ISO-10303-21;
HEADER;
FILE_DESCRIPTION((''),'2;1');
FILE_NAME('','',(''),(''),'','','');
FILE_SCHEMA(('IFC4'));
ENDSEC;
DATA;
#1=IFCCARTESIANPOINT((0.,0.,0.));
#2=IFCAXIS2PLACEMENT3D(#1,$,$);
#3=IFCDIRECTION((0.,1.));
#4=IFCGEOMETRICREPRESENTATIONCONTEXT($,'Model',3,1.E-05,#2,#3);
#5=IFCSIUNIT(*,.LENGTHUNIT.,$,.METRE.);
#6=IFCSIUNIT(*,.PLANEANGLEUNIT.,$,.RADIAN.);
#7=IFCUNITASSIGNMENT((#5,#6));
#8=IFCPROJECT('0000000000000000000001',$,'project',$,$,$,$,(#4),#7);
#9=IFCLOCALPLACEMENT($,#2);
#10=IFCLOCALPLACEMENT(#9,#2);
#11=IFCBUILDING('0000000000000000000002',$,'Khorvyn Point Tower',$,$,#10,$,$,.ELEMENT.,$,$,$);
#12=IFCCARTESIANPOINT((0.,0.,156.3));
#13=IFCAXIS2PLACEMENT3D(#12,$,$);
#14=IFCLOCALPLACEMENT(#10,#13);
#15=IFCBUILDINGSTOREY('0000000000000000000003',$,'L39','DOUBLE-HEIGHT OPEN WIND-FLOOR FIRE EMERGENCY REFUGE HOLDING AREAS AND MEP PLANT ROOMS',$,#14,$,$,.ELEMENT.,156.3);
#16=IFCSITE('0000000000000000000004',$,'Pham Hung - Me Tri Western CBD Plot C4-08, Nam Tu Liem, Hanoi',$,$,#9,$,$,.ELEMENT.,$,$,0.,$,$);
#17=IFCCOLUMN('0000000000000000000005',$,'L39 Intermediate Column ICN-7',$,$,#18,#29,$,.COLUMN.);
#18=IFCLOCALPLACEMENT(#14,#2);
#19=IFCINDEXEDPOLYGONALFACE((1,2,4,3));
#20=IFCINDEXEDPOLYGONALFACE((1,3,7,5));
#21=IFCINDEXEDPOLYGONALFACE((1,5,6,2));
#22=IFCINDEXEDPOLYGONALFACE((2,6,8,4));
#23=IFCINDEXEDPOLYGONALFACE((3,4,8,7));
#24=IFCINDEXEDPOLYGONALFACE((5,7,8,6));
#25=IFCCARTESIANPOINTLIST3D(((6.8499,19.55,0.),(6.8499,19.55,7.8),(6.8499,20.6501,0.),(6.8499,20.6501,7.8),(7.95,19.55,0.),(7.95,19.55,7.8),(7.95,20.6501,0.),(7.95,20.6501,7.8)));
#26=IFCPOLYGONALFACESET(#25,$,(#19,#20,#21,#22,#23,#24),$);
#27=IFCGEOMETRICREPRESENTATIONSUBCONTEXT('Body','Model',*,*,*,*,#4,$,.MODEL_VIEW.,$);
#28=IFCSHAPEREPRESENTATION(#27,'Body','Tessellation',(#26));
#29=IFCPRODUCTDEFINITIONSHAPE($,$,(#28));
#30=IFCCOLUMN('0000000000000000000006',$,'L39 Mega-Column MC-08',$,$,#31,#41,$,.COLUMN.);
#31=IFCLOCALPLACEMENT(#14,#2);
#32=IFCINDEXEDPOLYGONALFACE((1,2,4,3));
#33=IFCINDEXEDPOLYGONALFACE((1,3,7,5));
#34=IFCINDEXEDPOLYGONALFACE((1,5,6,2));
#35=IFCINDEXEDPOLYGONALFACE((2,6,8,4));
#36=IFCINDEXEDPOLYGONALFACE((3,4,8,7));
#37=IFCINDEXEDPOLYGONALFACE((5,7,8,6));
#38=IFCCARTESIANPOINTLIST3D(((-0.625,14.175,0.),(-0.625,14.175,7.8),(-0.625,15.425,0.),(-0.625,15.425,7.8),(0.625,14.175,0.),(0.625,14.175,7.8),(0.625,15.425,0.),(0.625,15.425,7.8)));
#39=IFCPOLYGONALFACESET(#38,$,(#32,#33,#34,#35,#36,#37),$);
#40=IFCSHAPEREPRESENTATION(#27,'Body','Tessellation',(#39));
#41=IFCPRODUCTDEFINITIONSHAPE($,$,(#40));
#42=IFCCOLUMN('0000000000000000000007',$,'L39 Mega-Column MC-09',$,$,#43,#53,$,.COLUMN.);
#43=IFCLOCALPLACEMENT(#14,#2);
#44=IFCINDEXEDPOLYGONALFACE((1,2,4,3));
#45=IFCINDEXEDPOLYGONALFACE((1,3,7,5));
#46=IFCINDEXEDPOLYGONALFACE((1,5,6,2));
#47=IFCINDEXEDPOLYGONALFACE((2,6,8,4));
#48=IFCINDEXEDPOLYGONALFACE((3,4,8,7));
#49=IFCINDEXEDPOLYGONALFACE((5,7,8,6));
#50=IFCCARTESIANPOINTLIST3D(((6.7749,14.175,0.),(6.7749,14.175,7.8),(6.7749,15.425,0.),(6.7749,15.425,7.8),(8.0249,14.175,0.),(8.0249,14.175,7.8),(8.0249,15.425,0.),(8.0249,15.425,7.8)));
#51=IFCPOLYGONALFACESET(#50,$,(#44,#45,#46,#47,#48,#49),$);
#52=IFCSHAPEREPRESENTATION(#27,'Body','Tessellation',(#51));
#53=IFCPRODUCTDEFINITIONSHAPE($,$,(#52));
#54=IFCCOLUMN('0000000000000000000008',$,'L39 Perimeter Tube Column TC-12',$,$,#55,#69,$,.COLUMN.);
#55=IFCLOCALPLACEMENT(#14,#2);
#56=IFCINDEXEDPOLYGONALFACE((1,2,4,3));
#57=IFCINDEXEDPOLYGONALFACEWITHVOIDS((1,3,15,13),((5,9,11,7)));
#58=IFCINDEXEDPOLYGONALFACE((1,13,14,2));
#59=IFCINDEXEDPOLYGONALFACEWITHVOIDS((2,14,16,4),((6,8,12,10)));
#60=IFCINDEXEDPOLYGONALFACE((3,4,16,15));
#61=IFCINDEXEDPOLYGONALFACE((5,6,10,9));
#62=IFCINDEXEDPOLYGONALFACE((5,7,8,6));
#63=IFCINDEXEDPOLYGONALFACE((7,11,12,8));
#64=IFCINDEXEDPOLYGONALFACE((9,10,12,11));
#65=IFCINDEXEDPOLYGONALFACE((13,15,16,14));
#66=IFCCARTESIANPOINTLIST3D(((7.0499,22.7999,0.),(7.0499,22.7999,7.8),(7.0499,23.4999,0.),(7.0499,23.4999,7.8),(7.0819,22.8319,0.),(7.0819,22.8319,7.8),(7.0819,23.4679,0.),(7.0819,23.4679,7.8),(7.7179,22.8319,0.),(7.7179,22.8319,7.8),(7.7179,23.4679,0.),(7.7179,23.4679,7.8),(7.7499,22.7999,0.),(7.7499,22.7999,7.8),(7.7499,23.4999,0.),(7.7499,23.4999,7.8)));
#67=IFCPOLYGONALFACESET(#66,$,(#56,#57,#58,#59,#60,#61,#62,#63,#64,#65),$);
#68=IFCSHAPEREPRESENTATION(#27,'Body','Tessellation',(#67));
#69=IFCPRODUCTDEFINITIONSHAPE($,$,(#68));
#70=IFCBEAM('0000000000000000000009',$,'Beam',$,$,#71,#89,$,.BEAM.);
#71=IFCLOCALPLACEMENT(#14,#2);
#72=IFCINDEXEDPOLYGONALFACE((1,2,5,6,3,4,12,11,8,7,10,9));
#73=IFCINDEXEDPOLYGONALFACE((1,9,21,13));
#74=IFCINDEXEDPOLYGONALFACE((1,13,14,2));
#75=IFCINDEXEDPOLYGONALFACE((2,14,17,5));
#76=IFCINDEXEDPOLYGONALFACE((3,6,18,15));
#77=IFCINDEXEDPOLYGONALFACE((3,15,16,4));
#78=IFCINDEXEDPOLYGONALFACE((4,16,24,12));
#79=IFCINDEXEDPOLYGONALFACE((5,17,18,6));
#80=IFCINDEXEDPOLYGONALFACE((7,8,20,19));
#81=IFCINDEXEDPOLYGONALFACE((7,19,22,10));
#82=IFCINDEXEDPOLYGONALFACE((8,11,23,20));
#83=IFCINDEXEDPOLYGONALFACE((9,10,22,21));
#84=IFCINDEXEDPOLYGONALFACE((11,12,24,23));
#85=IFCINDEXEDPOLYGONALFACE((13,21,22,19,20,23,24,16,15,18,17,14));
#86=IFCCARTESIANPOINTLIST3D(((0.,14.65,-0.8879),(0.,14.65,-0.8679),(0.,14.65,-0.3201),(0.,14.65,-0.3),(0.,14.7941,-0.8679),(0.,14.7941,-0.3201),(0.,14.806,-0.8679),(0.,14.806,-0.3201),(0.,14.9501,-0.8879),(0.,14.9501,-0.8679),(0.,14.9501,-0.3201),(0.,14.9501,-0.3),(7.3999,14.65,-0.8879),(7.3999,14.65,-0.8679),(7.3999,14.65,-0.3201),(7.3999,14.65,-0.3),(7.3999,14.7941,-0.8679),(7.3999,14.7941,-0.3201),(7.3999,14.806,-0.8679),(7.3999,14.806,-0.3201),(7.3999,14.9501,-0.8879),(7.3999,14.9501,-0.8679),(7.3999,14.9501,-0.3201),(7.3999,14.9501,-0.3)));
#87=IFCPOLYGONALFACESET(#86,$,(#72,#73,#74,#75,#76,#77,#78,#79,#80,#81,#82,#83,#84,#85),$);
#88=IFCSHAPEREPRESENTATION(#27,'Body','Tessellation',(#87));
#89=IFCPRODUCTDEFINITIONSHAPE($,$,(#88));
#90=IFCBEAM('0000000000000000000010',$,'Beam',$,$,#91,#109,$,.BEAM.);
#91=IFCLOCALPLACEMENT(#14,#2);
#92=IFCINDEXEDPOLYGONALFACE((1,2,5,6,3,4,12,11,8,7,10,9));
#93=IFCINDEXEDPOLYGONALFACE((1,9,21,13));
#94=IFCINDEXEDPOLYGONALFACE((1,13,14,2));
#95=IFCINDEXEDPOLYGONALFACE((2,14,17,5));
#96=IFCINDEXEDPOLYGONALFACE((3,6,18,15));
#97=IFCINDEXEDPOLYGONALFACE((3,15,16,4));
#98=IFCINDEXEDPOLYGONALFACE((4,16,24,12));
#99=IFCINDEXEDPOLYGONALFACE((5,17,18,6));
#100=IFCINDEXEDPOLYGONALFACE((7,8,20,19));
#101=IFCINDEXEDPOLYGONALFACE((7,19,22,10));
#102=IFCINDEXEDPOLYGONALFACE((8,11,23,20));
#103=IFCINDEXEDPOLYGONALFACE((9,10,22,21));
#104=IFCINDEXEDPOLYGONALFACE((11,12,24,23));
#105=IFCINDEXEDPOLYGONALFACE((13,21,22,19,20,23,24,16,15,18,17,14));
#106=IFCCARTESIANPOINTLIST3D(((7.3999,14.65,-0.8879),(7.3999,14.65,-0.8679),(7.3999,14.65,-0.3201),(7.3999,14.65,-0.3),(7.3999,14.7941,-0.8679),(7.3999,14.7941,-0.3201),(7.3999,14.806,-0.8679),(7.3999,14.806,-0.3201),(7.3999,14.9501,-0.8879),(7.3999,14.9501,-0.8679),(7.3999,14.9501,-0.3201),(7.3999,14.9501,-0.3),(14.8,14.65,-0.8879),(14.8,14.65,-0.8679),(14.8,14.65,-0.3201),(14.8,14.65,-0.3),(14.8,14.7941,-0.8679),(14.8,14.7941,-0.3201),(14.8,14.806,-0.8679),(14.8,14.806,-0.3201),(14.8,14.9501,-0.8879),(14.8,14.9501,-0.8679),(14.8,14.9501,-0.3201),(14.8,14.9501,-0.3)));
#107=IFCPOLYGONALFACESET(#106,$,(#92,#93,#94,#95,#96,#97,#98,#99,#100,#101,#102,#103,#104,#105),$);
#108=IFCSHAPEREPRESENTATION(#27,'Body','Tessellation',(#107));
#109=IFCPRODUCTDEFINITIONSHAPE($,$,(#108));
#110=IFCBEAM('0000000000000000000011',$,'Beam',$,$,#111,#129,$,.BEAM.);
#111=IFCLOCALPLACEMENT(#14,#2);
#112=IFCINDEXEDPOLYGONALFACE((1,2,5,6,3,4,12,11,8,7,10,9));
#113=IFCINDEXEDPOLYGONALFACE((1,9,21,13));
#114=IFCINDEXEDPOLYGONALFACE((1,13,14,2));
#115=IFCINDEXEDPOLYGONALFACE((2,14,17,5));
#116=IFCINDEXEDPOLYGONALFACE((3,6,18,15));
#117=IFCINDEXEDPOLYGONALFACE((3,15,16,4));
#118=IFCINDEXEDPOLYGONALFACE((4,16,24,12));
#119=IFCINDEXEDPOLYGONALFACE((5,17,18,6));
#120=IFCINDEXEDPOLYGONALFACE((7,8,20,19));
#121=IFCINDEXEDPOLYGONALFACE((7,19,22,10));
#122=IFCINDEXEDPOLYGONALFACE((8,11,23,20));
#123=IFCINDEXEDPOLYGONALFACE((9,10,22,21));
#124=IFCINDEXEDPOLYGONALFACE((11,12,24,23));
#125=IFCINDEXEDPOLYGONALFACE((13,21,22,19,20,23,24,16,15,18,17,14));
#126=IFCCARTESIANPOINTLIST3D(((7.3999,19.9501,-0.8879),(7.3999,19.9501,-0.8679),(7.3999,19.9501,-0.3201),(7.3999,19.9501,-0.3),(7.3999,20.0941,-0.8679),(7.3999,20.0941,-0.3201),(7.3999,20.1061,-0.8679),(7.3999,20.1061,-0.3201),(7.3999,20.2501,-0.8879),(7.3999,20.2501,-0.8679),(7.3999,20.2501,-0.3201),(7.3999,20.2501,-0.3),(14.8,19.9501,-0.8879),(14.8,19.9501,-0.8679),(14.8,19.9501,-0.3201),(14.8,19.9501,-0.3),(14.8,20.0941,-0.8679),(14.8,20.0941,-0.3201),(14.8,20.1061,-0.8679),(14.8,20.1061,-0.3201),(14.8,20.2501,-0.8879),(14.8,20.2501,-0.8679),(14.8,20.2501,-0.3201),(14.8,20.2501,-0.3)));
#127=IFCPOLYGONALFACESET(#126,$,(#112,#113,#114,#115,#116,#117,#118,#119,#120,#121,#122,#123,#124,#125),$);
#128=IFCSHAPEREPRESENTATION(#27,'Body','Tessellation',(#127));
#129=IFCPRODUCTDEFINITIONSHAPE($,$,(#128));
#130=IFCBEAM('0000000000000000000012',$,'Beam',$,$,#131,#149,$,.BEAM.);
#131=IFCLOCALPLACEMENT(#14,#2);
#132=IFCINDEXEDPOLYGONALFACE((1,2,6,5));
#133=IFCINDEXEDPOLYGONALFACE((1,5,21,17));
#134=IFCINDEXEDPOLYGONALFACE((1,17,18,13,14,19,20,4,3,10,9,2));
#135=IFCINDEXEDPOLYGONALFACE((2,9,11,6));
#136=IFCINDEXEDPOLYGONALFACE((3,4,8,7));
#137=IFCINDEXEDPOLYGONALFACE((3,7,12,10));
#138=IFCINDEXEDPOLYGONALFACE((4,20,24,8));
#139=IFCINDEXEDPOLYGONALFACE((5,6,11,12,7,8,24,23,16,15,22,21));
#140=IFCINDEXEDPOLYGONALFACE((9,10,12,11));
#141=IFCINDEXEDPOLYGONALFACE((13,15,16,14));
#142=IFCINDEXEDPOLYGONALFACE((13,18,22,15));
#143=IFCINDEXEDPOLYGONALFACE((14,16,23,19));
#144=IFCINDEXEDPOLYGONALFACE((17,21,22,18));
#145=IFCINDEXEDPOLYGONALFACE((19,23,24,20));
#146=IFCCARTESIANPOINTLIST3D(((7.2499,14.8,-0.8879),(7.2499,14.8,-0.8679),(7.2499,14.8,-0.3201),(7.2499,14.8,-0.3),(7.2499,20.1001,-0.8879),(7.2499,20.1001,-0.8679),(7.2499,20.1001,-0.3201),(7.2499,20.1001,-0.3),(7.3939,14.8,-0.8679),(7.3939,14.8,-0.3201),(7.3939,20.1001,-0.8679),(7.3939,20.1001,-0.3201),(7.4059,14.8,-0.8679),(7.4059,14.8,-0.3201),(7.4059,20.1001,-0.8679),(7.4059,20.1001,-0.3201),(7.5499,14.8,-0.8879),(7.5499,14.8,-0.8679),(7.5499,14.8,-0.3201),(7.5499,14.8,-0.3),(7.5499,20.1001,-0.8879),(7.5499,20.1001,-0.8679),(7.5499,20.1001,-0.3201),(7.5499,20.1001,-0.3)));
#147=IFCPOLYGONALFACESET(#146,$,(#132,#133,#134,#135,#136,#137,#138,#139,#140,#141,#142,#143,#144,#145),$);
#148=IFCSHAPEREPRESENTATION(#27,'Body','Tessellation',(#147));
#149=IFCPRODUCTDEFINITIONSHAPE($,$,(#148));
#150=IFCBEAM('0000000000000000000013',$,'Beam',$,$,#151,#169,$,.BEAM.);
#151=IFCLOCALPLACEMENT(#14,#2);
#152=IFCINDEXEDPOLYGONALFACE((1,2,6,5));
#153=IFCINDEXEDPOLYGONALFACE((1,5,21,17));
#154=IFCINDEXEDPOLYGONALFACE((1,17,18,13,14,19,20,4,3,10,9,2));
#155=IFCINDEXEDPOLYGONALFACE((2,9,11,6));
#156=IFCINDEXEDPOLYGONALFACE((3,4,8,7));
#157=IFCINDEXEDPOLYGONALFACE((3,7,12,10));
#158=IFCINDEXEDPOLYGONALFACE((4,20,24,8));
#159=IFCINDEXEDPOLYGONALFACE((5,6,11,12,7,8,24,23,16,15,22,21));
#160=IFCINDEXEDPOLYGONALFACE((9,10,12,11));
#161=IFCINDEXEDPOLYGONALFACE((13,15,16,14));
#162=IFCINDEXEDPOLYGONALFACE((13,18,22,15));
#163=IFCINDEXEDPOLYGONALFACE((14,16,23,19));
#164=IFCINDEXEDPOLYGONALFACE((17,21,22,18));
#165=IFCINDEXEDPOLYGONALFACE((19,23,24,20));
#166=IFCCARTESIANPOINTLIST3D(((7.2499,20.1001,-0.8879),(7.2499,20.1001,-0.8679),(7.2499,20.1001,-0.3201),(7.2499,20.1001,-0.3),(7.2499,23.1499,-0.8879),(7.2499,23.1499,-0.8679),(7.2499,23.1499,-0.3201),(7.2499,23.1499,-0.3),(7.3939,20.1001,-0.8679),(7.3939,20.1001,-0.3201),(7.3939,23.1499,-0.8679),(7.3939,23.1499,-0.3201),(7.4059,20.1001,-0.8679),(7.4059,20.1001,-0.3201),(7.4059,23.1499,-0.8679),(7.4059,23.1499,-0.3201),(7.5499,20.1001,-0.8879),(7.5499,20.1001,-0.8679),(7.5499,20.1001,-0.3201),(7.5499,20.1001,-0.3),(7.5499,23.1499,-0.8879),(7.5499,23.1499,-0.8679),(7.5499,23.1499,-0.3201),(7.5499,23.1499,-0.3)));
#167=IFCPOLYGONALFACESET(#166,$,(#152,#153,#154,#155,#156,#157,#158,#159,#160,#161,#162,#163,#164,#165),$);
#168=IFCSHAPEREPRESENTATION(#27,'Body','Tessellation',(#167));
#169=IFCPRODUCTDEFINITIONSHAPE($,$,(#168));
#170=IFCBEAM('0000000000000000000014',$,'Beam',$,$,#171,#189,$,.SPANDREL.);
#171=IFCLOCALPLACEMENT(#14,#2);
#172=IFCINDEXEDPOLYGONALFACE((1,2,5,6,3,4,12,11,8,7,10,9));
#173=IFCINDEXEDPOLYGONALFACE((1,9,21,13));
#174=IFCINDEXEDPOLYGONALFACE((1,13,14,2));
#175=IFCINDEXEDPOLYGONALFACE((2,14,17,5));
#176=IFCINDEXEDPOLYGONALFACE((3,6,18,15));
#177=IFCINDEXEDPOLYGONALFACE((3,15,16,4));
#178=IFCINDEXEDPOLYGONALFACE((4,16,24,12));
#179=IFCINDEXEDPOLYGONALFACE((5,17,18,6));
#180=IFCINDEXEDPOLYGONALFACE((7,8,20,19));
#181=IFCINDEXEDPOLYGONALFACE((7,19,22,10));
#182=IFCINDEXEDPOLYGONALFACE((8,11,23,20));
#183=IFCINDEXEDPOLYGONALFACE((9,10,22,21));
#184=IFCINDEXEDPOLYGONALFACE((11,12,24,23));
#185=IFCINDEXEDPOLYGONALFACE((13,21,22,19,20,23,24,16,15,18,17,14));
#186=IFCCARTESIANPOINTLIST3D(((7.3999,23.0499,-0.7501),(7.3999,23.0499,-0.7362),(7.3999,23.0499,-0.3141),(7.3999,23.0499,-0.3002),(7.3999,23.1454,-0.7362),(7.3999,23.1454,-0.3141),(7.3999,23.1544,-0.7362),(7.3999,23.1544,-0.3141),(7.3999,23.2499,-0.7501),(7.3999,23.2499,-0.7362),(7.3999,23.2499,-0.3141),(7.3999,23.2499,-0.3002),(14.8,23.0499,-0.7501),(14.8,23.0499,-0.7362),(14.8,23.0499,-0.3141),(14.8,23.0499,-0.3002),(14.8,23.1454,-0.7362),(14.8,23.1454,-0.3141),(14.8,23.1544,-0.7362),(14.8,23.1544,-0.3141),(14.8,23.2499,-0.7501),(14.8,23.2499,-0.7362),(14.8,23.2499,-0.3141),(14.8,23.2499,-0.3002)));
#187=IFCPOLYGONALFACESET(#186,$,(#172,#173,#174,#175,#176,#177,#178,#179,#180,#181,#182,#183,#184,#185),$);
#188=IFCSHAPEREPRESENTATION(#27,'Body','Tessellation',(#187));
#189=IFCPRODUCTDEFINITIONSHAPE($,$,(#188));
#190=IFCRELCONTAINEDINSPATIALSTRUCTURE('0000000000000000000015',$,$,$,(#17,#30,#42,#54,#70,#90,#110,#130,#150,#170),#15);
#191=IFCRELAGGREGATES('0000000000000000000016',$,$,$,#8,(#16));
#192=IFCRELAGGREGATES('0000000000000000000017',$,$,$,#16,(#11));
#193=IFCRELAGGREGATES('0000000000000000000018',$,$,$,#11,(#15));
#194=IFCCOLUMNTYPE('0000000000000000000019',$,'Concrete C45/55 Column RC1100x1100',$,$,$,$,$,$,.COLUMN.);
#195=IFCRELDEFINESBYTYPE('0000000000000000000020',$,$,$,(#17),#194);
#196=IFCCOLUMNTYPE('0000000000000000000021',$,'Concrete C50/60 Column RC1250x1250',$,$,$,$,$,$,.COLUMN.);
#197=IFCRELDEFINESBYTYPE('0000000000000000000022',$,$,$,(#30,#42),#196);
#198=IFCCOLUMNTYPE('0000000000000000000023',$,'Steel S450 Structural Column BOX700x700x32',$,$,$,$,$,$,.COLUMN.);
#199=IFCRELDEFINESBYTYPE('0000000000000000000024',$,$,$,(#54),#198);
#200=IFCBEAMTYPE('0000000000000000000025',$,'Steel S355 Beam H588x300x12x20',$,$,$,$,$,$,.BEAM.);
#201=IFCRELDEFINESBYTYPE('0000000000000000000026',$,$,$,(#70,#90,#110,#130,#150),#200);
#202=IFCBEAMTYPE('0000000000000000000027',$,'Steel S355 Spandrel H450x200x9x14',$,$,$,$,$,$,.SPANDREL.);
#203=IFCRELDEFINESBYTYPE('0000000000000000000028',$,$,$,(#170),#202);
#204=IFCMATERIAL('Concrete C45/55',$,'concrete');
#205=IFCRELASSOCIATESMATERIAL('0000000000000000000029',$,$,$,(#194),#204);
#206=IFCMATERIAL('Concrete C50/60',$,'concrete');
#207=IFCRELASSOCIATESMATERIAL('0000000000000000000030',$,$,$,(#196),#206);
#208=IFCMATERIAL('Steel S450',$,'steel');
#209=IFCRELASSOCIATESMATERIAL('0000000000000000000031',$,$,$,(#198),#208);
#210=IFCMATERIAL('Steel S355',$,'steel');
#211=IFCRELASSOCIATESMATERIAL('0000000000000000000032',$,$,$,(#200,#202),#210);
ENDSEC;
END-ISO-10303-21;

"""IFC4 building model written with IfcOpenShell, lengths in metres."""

from ifc_helpers import new_model, si_unit, direction, frame, origin, origin_2d, place, context, subcontext, project, spatial, rectangle, hollow_rectangle, i_section, extrude, material, material_profile, profile_set, type_object, element, save


model = new_model("IFC4")

# Units and contexts
model_context = context("Model", 3, precision=1e-05, world=origin(), true_north=direction((0.0, 1.0)))
body_context = subcontext(model_context, "Body", "Model", "MODEL_VIEW")
ifc_project = project(units=[si_unit("LENGTHUNIT", "METRE"), si_unit("PLANEANGLEUNIT", "RADIAN")], contexts=[model_context])

# Site, building, storey
site_placement = place(None, origin())
site = spatial("IfcSite", under=ifc_project, at=site_placement, Name="Pham Hung - Me Tri Western CBD Plot C4-08, Nam Tu Liem, Hanoi", CompositionType="ELEMENT", RefElevation=0.0)
building_placement = place(site_placement, origin())
building = spatial("IfcBuilding", under=site, at=building_placement, Name="Khorvyn Point Tower", CompositionType="ELEMENT")
storey_placement = place(building_placement, frame((0.0, 0.0, 156.3)))
storey = spatial("IfcBuildingStorey", under=building, at=storey_placement, Name="L39", Description="DOUBLE-HEIGHT OPEN WIND-FLOOR FIRE EMERGENCY REFUGE HOLDING AREAS AND MEP PLANT ROOMS", CompositionType="ELEMENT", Elevation=156.3)

# Columns
ifc_material_1 = material(Name="Concrete C45/55", Category="concrete")
ifc_material_profile_1 = material_profile(ifc_material_1, rectangle(XDim=1.1001, YDim=1.1001, at=origin_2d()))
ifc_profile_set_1 = profile_set([ifc_material_profile_1], Name="Concrete C45/55 RC1100x1100")
column_type_1 = type_object("IfcColumnType", Name="Concrete C45/55 Column RC1100x1100", PredefinedType="COLUMN", material=ifc_profile_set_1)
column_1_placement = place(storey_placement, frame((7.3999, 20.1001, 0.0), z_axis=(0.0, 0.0, 1.0), x_axis=(1.0, 0.0, 0.0)))
element("IfcColumn", 1, at=column_1_placement, inside=storey, type_object=column_type_1, Name="L39 Intermediate Column ICN-7", PredefinedType="COLUMN", context=body_context, shape_type="SweptSolid", body=[
    extrude(rectangle(XDim=1.1001, YDim=1.1001, at=origin_2d()), origin(), (0.0, 0.0, 1.0), 7.8),
])
ifc_material_2 = material(Name="Concrete C50/60", Category="concrete")
ifc_material_profile_2 = material_profile(ifc_material_2, rectangle(XDim=1.25, YDim=1.25, at=origin_2d()))
ifc_profile_set_2 = profile_set([ifc_material_profile_2], Name="Concrete C50/60 RC1250x1250")
column_type_2 = type_object("IfcColumnType", Name="Concrete C50/60 Column RC1250x1250", PredefinedType="COLUMN", material=ifc_profile_set_2)
for number, where, z_axis, x_axis, name in (
    (2, (0.0, 14.8, 0.0), (0.0, 0.0, 1.0), (1.0, 0.0, 0.0), "L39 Mega-Column MC-08"),
    (3, (7.3999, 14.8, 0.0), (0.0, 0.0, 1.0), (1.0, 0.0, 0.0), "L39 Mega-Column MC-09"),
):
    element("IfcColumn", number, at=place(storey_placement, frame(where, z_axis=z_axis, x_axis=x_axis)), inside=storey, type_object=column_type_2, Name=name, PredefinedType="COLUMN", context=body_context, shape_type="SweptSolid", body=[
        extrude(rectangle(XDim=1.25, YDim=1.25, at=origin_2d()), origin(), (0.0, 0.0, 1.0), 7.8),
    ])
ifc_material_3 = material(Name="Steel S450", Category="steel")
ifc_material_profile_3 = material_profile(ifc_material_3, hollow_rectangle(XDim=0.7, YDim=0.7, WallThickness=0.032, at=origin_2d()))
ifc_profile_set_3 = profile_set([ifc_material_profile_3], Name="Steel S450 BOX700x700x32")
column_type_3 = type_object("IfcColumnType", Name="Steel S450 Structural Column BOX700x700x32", PredefinedType="COLUMN", material=ifc_profile_set_3)
column_2_placement = place(storey_placement, frame((7.3999, 23.1499, 0.0), z_axis=(0.0, 0.0, 1.0), x_axis=(1.0, 0.0, 0.0)))
element("IfcColumn", 4, at=column_2_placement, inside=storey, type_object=column_type_3, Name="L39 Perimeter Tube Column TC-12", PredefinedType="COLUMN", context=body_context, shape_type="SweptSolid", body=[
    extrude(hollow_rectangle(XDim=0.7, YDim=0.7, WallThickness=0.032, at=origin_2d()), origin(), (0.0, 0.0, 1.0), 7.8),
])

# Beams
ifc_material_4 = material(Name="Steel S355", Category="steel")
ifc_material_profile_4 = material_profile(ifc_material_4, i_section(OverallWidth=0.3, OverallDepth=0.5879, WebThickness=0.012, FlangeThickness=0.02, at=origin_2d()))
ifc_profile_set_4 = profile_set([ifc_material_profile_4], Name="Steel S355 H588x300x12x20")
beam_type_1 = type_object("IfcBeamType", Name="Steel S355 Beam H588x300x12x20", PredefinedType="BEAM", material=ifc_profile_set_4)
beam_1_placement = place(storey_placement, frame((0.0, 14.8, -0.594), z_axis=(1.0, 0.0, 0.0), x_axis=(0.0, 1.0, 0.0)))
element("IfcBeam", 5, at=beam_1_placement, inside=storey, type_object=beam_type_1, Name="Beam", PredefinedType="BEAM", context=body_context, shape_type="SweptSolid", body=[
    extrude(i_section(OverallWidth=0.3, OverallDepth=0.5879, WebThickness=0.012, FlangeThickness=0.02, at=origin_2d()), origin(), (0.0, 0.0, 1.0), 7.3999),
])
for number, where, z_axis, x_axis, name in (
    (6, (7.3999, 14.8, -0.594), (1.0, 0.0, 0.0), (0.0, 1.0, 0.0), "Beam"),
    (7, (7.3999, 20.1001, -0.594), (1.0, 0.0, 0.0), (0.0, 1.0, 0.0), "Beam"),
):
    element("IfcBeam", number, at=place(storey_placement, frame(where, z_axis=z_axis, x_axis=x_axis)), inside=storey, type_object=beam_type_1, Name=name, PredefinedType="BEAM", context=body_context, shape_type="SweptSolid", body=[
        extrude(i_section(OverallWidth=0.3, OverallDepth=0.5879, WebThickness=0.012, FlangeThickness=0.02, at=origin_2d()), origin(), (0.0, 0.0, 1.0), 7.4001),
    ])
beam_2_placement = place(storey_placement, frame((7.3999, 14.8, -0.594), z_axis=(0.0, 1.0, 0.0), x_axis=(-1.0, 0.0, 0.0)))
element("IfcBeam", 8, at=beam_2_placement, inside=storey, type_object=beam_type_1, Name="Beam", PredefinedType="BEAM", context=body_context, shape_type="SweptSolid", body=[
    extrude(i_section(OverallWidth=0.3, OverallDepth=0.5879, WebThickness=0.012, FlangeThickness=0.02, at=origin_2d()), origin(), (0.0, 0.0, 1.0), 5.3),
])
beam_3_placement = place(storey_placement, frame((7.3999, 20.1001, -0.594), z_axis=(0.0, 1.0, 0.0), x_axis=(-1.0, 0.0, 0.0)))
element("IfcBeam", 9, at=beam_3_placement, inside=storey, type_object=beam_type_1, Name="Beam", PredefinedType="BEAM", context=body_context, shape_type="SweptSolid", body=[
    extrude(i_section(OverallWidth=0.3, OverallDepth=0.5879, WebThickness=0.012, FlangeThickness=0.02, at=origin_2d()), origin(), (0.0, 0.0, 1.0), 3.0498),
])
ifc_material_profile_5 = material_profile(ifc_material_4, i_section(OverallWidth=0.2, OverallDepth=0.45, WebThickness=0.009, FlangeThickness=0.0139, at=origin_2d()))
ifc_profile_set_5 = profile_set([ifc_material_profile_5], Name="Steel S355 H450x200x9x14")
beam_type_2 = type_object("IfcBeamType", Name="Steel S355 Spandrel H450x200x9x14", PredefinedType="SPANDREL", material=ifc_profile_set_5)
beam_4_placement = place(storey_placement, frame((7.3999, 23.1499, -0.5251), z_axis=(1.0, 0.0, 0.0), x_axis=(0.0, 1.0, 0.0)))
element("IfcBeam", 10, at=beam_4_placement, inside=storey, type_object=beam_type_2, Name="Beam", PredefinedType="SPANDREL", context=body_context, shape_type="SweptSolid", body=[
    extrude(i_section(OverallWidth=0.2, OverallDepth=0.45, WebThickness=0.009, FlangeThickness=0.0139, at=origin_2d()), origin(), (0.0, 0.0, 1.0), 7.4001),
])

save(model, "model.ifc")
